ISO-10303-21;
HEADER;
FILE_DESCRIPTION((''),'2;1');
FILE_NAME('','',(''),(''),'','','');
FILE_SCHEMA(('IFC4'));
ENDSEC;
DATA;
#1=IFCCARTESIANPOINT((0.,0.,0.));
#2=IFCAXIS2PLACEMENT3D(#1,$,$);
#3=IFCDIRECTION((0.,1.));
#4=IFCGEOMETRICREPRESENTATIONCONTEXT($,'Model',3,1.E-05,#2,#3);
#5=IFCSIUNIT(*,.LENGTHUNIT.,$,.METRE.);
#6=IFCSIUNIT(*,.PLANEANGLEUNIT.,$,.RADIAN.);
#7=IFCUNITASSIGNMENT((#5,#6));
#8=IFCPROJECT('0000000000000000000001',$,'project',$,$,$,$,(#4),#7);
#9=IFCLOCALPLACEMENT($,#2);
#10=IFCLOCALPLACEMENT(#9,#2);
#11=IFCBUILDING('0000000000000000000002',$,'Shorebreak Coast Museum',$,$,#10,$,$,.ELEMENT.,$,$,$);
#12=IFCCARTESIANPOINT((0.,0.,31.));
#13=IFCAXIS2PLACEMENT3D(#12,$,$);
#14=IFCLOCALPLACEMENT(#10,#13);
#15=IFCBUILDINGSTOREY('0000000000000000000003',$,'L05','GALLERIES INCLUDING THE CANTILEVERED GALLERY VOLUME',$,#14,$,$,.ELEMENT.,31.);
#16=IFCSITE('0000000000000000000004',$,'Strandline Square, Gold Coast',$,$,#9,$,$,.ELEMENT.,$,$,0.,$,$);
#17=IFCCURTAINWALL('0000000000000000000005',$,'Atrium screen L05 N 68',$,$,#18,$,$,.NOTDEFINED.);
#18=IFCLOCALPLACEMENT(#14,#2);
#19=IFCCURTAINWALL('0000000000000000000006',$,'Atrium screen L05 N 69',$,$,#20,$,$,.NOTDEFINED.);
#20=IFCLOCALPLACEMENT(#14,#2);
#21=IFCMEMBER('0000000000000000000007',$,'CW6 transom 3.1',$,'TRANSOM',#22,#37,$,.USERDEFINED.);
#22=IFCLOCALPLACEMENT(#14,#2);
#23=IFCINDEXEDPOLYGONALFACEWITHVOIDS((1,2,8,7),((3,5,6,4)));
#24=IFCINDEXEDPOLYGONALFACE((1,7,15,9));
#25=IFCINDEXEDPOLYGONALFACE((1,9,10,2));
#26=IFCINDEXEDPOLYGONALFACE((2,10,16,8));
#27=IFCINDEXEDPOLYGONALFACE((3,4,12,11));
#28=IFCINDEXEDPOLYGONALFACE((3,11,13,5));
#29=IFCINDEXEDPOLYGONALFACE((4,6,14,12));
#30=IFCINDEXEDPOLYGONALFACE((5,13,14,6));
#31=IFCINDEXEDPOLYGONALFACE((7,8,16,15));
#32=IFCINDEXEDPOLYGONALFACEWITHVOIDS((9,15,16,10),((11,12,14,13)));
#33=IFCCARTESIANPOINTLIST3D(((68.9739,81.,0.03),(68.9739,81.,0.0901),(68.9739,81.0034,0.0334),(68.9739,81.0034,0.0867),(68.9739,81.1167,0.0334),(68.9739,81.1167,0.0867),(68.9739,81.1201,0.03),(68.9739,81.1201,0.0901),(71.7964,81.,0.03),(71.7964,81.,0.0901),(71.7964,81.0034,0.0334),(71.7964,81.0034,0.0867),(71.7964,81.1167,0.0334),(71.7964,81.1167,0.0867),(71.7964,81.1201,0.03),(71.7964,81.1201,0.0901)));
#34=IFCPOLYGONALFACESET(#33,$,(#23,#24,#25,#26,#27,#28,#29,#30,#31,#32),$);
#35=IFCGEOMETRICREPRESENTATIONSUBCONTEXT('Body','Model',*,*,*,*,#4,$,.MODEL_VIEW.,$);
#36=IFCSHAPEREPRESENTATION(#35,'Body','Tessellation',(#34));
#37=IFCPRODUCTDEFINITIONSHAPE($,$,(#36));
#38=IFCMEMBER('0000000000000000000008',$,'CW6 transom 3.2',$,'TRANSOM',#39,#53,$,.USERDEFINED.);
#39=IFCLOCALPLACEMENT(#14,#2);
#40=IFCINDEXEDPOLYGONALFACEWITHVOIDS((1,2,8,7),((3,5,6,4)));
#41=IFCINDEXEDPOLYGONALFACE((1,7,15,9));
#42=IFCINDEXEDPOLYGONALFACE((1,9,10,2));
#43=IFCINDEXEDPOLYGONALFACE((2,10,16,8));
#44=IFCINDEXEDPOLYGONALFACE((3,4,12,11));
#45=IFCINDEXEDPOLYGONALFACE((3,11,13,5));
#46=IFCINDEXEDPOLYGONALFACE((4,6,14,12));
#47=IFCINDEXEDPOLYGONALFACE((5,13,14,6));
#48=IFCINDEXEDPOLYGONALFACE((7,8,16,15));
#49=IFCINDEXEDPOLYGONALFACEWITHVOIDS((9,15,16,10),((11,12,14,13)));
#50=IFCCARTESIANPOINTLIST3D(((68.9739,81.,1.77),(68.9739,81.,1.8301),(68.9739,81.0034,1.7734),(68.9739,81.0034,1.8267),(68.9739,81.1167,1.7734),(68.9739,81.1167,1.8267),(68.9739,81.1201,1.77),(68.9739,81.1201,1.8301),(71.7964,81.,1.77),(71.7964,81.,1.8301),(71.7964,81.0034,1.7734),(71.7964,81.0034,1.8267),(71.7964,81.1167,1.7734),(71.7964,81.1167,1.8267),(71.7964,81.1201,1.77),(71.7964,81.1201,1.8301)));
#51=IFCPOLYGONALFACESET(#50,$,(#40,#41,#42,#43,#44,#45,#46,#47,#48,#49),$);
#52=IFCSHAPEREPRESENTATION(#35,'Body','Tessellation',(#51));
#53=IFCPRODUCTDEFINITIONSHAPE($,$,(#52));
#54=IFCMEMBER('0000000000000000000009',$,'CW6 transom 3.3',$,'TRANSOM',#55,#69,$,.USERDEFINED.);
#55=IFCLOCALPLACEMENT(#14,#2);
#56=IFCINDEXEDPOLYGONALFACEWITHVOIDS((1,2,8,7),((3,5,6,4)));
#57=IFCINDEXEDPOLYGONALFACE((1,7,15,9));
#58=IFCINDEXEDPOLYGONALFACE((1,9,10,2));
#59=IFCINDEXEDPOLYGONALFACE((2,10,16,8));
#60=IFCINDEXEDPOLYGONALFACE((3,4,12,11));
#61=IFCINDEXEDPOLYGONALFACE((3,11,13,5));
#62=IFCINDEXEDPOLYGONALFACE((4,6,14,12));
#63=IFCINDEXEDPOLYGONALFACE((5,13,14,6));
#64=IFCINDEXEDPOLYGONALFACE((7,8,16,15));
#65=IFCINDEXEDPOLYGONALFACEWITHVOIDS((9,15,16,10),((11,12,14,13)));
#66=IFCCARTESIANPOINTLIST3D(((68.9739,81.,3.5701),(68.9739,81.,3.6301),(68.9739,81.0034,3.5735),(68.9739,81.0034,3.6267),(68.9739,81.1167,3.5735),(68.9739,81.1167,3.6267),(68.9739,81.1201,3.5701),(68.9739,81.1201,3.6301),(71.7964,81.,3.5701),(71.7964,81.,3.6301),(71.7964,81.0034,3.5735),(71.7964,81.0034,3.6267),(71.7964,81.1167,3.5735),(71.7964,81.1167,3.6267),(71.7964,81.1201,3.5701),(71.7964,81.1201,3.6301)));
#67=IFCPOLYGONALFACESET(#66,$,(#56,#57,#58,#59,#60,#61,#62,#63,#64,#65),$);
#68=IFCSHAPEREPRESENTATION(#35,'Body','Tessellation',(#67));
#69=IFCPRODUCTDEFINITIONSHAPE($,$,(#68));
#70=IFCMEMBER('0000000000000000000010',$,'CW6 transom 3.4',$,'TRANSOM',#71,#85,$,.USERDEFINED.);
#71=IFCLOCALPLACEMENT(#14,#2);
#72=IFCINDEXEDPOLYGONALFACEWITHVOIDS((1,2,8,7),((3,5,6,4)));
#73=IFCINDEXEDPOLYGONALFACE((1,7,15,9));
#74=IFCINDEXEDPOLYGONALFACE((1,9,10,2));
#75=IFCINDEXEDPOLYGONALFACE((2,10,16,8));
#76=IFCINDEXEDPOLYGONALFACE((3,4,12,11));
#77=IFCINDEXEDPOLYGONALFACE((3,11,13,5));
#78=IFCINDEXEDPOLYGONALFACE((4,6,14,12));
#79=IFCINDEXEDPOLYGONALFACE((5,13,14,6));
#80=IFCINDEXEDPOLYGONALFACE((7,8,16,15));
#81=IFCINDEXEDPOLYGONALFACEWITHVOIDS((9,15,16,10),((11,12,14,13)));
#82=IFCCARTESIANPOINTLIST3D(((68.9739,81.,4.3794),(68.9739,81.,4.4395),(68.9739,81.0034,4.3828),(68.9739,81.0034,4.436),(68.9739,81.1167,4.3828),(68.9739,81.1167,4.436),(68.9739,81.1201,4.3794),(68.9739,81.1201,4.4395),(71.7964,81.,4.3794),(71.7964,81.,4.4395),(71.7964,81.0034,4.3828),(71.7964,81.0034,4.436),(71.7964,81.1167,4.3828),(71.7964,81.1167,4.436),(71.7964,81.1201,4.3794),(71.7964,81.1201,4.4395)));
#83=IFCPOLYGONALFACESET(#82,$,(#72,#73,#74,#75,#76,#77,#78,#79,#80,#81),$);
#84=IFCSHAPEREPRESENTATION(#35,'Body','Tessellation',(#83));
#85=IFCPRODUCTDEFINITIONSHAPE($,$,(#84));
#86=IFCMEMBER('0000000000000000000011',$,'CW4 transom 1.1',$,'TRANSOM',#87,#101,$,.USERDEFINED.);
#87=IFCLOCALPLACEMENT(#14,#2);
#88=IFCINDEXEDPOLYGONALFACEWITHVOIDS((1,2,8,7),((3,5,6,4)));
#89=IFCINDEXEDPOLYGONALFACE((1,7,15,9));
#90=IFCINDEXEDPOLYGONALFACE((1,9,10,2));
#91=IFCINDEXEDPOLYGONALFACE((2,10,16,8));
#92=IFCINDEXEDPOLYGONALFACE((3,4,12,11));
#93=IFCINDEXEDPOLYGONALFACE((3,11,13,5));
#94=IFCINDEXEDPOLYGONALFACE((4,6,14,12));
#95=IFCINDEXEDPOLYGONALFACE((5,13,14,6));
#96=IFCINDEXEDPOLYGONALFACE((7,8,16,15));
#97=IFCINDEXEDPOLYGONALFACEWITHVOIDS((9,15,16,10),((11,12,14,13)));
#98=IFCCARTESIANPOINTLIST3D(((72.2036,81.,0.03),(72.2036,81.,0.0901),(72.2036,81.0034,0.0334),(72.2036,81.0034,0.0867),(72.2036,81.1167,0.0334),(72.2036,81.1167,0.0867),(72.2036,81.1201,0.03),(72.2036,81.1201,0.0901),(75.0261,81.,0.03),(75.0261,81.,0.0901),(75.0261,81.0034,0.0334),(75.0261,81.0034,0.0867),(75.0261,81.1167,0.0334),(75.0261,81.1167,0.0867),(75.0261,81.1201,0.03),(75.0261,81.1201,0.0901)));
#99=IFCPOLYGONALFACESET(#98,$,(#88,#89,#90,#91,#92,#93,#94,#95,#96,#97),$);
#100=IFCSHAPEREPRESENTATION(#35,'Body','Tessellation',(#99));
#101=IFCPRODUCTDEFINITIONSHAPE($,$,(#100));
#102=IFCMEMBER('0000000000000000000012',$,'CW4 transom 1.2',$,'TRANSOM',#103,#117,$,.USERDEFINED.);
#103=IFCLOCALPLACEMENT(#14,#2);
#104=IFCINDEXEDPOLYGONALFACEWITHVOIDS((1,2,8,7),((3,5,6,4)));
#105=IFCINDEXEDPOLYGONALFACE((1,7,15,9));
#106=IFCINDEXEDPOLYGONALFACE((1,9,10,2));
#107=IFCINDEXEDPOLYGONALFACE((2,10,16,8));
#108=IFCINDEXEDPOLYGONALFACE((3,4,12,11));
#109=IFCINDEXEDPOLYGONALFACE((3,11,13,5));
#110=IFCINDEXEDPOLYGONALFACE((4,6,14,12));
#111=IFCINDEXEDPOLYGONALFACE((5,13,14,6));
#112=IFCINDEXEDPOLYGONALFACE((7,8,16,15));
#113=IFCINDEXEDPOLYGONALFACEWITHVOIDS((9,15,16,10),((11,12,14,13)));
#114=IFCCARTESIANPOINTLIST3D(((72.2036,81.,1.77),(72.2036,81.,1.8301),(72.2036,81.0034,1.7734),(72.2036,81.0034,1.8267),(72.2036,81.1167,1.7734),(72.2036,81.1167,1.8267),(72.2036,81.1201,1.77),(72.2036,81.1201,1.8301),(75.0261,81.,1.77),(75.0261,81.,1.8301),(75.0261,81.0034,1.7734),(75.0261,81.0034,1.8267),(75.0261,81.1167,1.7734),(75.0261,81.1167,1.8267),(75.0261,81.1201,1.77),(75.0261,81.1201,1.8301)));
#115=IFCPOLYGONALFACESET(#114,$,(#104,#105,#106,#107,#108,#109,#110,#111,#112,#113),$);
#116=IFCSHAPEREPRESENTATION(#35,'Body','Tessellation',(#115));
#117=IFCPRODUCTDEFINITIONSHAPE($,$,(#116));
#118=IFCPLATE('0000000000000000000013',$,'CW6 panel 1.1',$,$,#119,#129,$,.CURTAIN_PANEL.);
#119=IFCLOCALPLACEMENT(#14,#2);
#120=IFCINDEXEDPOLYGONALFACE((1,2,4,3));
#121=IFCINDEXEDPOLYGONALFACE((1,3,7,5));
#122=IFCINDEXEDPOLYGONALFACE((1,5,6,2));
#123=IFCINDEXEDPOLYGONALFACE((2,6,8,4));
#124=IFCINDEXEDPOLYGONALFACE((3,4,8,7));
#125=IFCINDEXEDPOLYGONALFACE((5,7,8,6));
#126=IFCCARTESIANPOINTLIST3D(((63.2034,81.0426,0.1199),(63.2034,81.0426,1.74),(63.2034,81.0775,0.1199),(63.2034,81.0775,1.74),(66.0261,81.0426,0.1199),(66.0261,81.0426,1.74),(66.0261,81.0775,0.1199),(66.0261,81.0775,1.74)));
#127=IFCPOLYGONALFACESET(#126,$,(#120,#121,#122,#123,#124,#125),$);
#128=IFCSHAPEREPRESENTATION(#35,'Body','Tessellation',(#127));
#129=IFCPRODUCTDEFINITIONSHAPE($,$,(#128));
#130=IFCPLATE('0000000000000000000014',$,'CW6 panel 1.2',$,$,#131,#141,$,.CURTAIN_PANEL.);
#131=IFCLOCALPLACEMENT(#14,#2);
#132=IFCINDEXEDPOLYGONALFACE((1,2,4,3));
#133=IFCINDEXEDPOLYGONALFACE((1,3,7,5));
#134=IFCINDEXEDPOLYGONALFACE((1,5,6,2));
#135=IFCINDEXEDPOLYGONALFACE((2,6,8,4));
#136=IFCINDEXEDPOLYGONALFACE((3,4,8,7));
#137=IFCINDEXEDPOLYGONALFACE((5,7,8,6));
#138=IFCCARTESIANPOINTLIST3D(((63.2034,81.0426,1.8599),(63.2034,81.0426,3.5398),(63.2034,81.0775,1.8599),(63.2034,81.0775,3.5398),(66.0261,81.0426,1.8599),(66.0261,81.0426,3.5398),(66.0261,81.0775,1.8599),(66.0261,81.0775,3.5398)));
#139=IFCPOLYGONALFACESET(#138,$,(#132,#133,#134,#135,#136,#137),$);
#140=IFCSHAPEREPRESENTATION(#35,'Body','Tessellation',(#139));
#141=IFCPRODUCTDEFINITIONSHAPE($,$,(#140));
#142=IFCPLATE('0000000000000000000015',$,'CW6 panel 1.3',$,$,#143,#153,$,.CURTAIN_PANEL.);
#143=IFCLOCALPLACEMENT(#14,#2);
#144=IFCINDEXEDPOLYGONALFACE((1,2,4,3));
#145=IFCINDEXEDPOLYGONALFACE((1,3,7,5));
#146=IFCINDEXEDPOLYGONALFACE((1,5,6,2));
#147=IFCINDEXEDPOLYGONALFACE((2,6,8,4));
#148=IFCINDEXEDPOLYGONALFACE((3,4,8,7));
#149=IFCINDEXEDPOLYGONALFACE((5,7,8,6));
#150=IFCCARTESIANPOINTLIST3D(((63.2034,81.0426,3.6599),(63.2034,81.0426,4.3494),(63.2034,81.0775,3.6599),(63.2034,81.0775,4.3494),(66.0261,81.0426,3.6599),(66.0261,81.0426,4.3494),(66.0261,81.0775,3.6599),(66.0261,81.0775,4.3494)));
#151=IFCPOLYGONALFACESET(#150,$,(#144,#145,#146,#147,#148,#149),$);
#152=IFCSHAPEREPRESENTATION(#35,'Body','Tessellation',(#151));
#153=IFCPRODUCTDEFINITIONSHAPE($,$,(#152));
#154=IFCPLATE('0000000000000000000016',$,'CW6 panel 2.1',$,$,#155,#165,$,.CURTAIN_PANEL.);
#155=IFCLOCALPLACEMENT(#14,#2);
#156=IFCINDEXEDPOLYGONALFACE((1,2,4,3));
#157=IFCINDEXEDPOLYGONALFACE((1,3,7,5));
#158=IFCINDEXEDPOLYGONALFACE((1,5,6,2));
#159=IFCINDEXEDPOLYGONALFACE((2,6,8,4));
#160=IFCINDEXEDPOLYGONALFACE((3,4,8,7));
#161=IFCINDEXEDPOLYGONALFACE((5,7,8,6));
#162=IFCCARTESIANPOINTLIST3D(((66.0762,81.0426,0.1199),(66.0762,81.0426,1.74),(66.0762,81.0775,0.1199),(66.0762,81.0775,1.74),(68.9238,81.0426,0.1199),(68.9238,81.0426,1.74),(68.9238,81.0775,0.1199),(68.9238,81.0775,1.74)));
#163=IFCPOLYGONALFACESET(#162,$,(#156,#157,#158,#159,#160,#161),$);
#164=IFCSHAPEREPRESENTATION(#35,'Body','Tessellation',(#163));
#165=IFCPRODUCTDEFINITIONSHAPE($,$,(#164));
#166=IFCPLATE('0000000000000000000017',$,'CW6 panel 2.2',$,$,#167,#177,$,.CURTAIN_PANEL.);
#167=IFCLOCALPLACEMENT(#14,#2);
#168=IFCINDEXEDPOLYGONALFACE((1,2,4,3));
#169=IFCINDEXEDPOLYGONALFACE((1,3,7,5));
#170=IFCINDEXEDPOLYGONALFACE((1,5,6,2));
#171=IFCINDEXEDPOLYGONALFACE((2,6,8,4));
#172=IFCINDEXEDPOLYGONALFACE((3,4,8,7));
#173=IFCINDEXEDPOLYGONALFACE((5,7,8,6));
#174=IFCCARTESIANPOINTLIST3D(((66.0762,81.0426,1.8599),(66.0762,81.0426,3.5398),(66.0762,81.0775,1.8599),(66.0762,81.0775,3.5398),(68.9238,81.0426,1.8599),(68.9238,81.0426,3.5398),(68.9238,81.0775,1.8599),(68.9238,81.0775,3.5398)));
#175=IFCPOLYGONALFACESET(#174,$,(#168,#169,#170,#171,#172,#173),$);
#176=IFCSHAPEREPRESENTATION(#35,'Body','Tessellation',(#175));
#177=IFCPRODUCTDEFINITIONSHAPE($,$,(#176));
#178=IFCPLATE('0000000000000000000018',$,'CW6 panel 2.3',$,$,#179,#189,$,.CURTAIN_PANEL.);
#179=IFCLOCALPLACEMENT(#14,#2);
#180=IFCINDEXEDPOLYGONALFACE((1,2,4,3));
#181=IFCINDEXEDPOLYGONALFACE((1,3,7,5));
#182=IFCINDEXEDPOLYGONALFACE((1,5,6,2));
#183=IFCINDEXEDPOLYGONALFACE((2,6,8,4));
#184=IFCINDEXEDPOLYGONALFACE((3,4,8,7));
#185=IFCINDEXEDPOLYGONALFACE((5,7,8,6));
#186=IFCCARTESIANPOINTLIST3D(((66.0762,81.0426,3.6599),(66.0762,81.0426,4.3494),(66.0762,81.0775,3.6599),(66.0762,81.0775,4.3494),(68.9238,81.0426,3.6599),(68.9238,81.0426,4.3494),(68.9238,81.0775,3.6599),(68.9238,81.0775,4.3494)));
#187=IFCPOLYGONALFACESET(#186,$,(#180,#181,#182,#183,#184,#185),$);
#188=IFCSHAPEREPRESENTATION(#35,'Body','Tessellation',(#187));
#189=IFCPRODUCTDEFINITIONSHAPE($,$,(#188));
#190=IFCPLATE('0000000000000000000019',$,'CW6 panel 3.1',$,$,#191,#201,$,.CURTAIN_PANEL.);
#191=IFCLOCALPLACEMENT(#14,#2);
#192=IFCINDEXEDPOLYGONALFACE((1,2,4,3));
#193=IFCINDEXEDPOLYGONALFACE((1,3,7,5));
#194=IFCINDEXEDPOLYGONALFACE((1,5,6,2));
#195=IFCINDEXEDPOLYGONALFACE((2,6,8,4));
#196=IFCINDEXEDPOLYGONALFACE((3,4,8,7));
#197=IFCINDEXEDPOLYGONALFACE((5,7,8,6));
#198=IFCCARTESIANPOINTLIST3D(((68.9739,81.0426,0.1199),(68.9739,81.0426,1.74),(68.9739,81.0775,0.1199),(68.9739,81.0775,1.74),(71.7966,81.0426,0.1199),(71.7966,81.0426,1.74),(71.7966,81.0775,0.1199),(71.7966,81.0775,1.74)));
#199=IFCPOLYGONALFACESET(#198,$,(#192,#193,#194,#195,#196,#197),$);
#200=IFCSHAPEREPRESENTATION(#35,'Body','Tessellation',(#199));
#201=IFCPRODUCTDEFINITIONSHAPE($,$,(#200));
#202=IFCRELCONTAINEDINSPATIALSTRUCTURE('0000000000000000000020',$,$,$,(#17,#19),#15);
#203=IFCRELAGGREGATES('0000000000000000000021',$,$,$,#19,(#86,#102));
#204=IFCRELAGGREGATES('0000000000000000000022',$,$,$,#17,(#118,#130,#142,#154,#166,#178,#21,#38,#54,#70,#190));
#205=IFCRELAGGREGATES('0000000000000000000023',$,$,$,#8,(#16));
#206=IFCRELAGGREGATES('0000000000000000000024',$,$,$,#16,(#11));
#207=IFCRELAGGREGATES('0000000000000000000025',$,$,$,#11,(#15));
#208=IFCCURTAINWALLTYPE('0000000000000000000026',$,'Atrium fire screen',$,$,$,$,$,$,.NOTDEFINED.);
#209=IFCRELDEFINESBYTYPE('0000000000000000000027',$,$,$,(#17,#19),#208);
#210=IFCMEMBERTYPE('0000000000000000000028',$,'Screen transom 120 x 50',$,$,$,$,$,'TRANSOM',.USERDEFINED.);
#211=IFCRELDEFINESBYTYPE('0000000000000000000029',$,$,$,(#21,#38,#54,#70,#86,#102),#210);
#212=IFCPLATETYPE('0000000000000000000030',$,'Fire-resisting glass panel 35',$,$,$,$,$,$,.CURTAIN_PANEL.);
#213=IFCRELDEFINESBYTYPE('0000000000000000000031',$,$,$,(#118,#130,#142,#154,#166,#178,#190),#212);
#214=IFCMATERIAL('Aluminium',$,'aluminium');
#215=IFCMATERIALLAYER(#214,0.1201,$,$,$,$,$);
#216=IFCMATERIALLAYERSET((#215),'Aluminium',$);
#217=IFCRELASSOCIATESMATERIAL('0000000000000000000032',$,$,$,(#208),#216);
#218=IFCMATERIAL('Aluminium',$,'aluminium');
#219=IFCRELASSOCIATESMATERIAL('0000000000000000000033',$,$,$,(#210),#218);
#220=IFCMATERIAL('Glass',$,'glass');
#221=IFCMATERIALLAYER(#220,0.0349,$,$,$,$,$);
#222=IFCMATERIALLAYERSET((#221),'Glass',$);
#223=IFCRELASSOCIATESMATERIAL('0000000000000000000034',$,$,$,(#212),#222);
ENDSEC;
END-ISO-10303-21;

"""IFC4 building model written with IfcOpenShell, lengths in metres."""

from ifc_helpers import new_model, si_unit, direction, frame, origin, origin_2d, place, context, subcontext, project, spatial, rectangle, hollow_rectangle, extrude, material, layer, layer_set, material_profile, profile_set, type_object, element, aggregate, save


model = new_model("IFC4")

# Units and contexts
model_context = context("Model", 3, precision=1e-05, world=origin(), true_north=direction((0.0, 1.0)))
body_context = subcontext(model_context, "Body", "Model", "MODEL_VIEW")
ifc_project = project(units=[si_unit("LENGTHUNIT", "METRE"), si_unit("PLANEANGLEUNIT", "RADIAN")], contexts=[model_context])

# Site, building, storey
site_placement = place(None, origin())
site = spatial("IfcSite", under=ifc_project, at=site_placement, Name="Strandline Square, Gold Coast", CompositionType="ELEMENT", RefElevation=0.0)
building_placement = place(site_placement, origin())
building = spatial("IfcBuilding", under=site, at=building_placement, Name="Shorebreak Coast Museum", CompositionType="ELEMENT")
storey_placement = place(building_placement, frame((0.0, 0.0, 31.0)))
storey = spatial("IfcBuildingStorey", under=building, at=storey_placement, Name="L05", Description="GALLERIES INCLUDING THE CANTILEVERED GALLERY VOLUME", CompositionType="ELEMENT", Elevation=31.0)

# Curtain wall
ifc_material_1 = material(Name="Aluminium", Category="aluminium")
ifc_layer_1 = layer(ifc_material_1, 0.1201)
ifc_layer_set_1 = layer_set([ifc_layer_1], Name="Aluminium")
curtain_wall_type = type_object("IfcCurtainWallType", Name="Atrium fire screen", PredefinedType="NOTDEFINED", material=ifc_layer_set_1)
curtain_wall_1_placement = place(storey_placement, origin())
curtain_wall_1 = element("IfcCurtainWall", 1, at=curtain_wall_1_placement, inside=storey, type_object=curtain_wall_type, Name="Atrium screen L05 N 68", PredefinedType="NOTDEFINED")

# Curtain wall
curtain_wall_2_placement = place(storey_placement, origin())
curtain_wall_2 = element("IfcCurtainWall", 2, at=curtain_wall_2_placement, inside=storey, type_object=curtain_wall_type, Name="Atrium screen L05 N 69", PredefinedType="NOTDEFINED")

# Members
ifc_material_2 = material(Name="Aluminium", Category="aluminium")
ifc_material_profile_1 = material_profile(ifc_material_2, hollow_rectangle(XDim=0.1201, YDim=0.0601, WallThickness=0.0034, at=origin_2d()), Name="AL 60x120 RHS")
ifc_profile_set_1 = profile_set([ifc_material_profile_1], Name="Aluminium")
member_type_1 = type_object("IfcMemberType", Name="Screen transom 120 x 50", ElementType="TRANSOM", PredefinedType="USERDEFINED", material=ifc_profile_set_1)
member_1_placement = place(storey_placement, frame((68.9739, 81.0601, 0.0601), z_axis=(1.0, 0.0, 0.0), x_axis=(0.0, 1.0, 0.0)))
member_1 = element("IfcMember", 3, at=member_1_placement, type_object=member_type_1, Name="CW6 transom 3.1", ObjectType="TRANSOM", PredefinedType="USERDEFINED", context=body_context, shape_type="SweptSolid", body=[
    extrude(hollow_rectangle(XDim=0.1201, YDim=0.0601, WallThickness=0.0034, at=origin_2d()), origin(), (0.0, 0.0, 1.0), 2.8225),
])
member_2_placement = place(storey_placement, frame((68.9739, 81.0601, 1.8), z_axis=(1.0, 0.0, 0.0), x_axis=(0.0, 1.0, 0.0)))
member_2 = element("IfcMember", 4, at=member_2_placement, type_object=member_type_1, Name="CW6 transom 3.2", ObjectType="TRANSOM", PredefinedType="USERDEFINED", context=body_context, shape_type="SweptSolid", body=[
    extrude(hollow_rectangle(XDim=0.1201, YDim=0.0601, WallThickness=0.0034, at=origin_2d()), origin(), (0.0, 0.0, 1.0), 2.8225),
])
member_3_placement = place(storey_placement, frame((68.9739, 81.0601, 3.6001), z_axis=(1.0, 0.0, 0.0), x_axis=(0.0, 1.0, 0.0)))
member_3 = element("IfcMember", 5, at=member_3_placement, type_object=member_type_1, Name="CW6 transom 3.3", ObjectType="TRANSOM", PredefinedType="USERDEFINED", context=body_context, shape_type="SweptSolid", body=[
    extrude(hollow_rectangle(XDim=0.1201, YDim=0.0601, WallThickness=0.0034, at=origin_2d()), origin(), (0.0, 0.0, 1.0), 2.8225),
])
member_4_placement = place(storey_placement, frame((68.9739, 81.0601, 4.4094), z_axis=(1.0, 0.0, 0.0), x_axis=(0.0, 1.0, 0.0)))
member_4 = element("IfcMember", 6, at=member_4_placement, type_object=member_type_1, Name="CW6 transom 3.4", ObjectType="TRANSOM", PredefinedType="USERDEFINED", context=body_context, shape_type="SweptSolid", body=[
    extrude(hollow_rectangle(XDim=0.1201, YDim=0.0601, WallThickness=0.0034, at=origin_2d()), origin(), (0.0, 0.0, 1.0), 2.8225),
])
member_5_placement = place(storey_placement, frame((72.2036, 81.0601, 0.0601), z_axis=(1.0, 0.0, 0.0), x_axis=(0.0, 1.0, 0.0)))
member_5 = element("IfcMember", 7, at=member_5_placement, type_object=member_type_1, Name="CW4 transom 1.1", ObjectType="TRANSOM", PredefinedType="USERDEFINED", context=body_context, shape_type="SweptSolid", body=[
    extrude(hollow_rectangle(XDim=0.1201, YDim=0.0601, WallThickness=0.0034, at=origin_2d()), origin(), (0.0, 0.0, 1.0), 2.8225),
])
member_6_placement = place(storey_placement, frame((72.2036, 81.0601, 1.8), z_axis=(1.0, 0.0, 0.0), x_axis=(0.0, 1.0, 0.0)))
member_6 = element("IfcMember", 8, at=member_6_placement, type_object=member_type_1, Name="CW4 transom 1.2", ObjectType="TRANSOM", PredefinedType="USERDEFINED", context=body_context, shape_type="SweptSolid", body=[
    extrude(hollow_rectangle(XDim=0.1201, YDim=0.0601, WallThickness=0.0034, at=origin_2d()), origin(), (0.0, 0.0, 1.0), 2.8225),
])
aggregate(curtain_wall_2, [member_5, member_6])

# Plates
ifc_material_3 = material(Name="Glass", Category="glass")
ifc_layer_2 = layer(ifc_material_3, 0.0349)
ifc_layer_set_2 = layer_set([ifc_layer_2], Name="Glass")
plate_type = type_object("IfcPlateType", Name="Fire-resisting glass panel 35", PredefinedType="CURTAIN_PANEL", material=ifc_layer_set_2)
plate_1_placement = place(storey_placement, frame((64.6147, 81.0601, 0.1199), z_axis=(0.0, 0.0, 1.0), x_axis=(1.0, 0.0, 0.0)))
plate_1 = element("IfcPlate", 9, at=plate_1_placement, type_object=plate_type, Name="CW6 panel 1.1", PredefinedType="CURTAIN_PANEL", context=body_context, shape_type="SweptSolid", body=[
    extrude(rectangle(XDim=2.8228, YDim=0.0349, at=origin_2d()), origin(), (0.0, 0.0, 1.0), 1.6201),
])
plate_2_placement = place(storey_placement, frame((64.6147, 81.0601, 1.8599), z_axis=(0.0, 0.0, 1.0), x_axis=(1.0, 0.0, 0.0)))
plate_2 = element("IfcPlate", 10, at=plate_2_placement, type_object=plate_type, Name="CW6 panel 1.2", PredefinedType="CURTAIN_PANEL", context=body_context, shape_type="SweptSolid", body=[
    extrude(rectangle(XDim=2.8228, YDim=0.0349, at=origin_2d()), origin(), (0.0, 0.0, 1.0), 1.6799),
])
plate_3_placement = place(storey_placement, frame((64.6147, 81.0601, 3.6599), z_axis=(0.0, 0.0, 1.0), x_axis=(1.0, 0.0, 0.0)))
plate_3 = element("IfcPlate", 11, at=plate_3_placement, type_object=plate_type, Name="CW6 panel 1.3", PredefinedType="CURTAIN_PANEL", context=body_context, shape_type="SweptSolid", body=[
    extrude(rectangle(XDim=2.8228, YDim=0.0349, at=origin_2d()), origin(), (0.0, 0.0, 1.0), 0.6895),
])
plate_4_placement = place(storey_placement, frame((67.5, 81.0601, 0.1199), z_axis=(0.0, 0.0, 1.0), x_axis=(1.0, 0.0, 0.0)))
plate_4 = element("IfcPlate", 12, at=plate_4_placement, type_object=plate_type, Name="CW6 panel 2.1", PredefinedType="CURTAIN_PANEL", context=body_context, shape_type="SweptSolid", body=[
    extrude(rectangle(XDim=2.8477, YDim=0.0349, at=origin_2d()), origin(), (0.0, 0.0, 1.0), 1.6201),
])
plate_5_placement = place(storey_placement, frame((67.5, 81.0601, 1.8599), z_axis=(0.0, 0.0, 1.0), x_axis=(1.0, 0.0, 0.0)))
plate_5 = element("IfcPlate", 13, at=plate_5_placement, type_object=plate_type, Name="CW6 panel 2.2", PredefinedType="CURTAIN_PANEL", context=body_context, shape_type="SweptSolid", body=[
    extrude(rectangle(XDim=2.8477, YDim=0.0349, at=origin_2d()), origin(), (0.0, 0.0, 1.0), 1.6799),
])
plate_6_placement = place(storey_placement, frame((67.5, 81.0601, 3.6599), z_axis=(0.0, 0.0, 1.0), x_axis=(1.0, 0.0, 0.0)))
plate_6 = element("IfcPlate", 14, at=plate_6_placement, type_object=plate_type, Name="CW6 panel 2.3", PredefinedType="CURTAIN_PANEL", context=body_context, shape_type="SweptSolid", body=[
    extrude(rectangle(XDim=2.8477, YDim=0.0349, at=origin_2d()), origin(), (0.0, 0.0, 1.0), 0.6895),
])
plate_7_placement = place(storey_placement, frame((70.3853, 81.0601, 0.1199), z_axis=(0.0, 0.0, 1.0), x_axis=(1.0, 0.0, 0.0)))
plate_7 = element("IfcPlate", 15, at=plate_7_placement, type_object=plate_type, Name="CW6 panel 3.1", PredefinedType="CURTAIN_PANEL", context=body_context, shape_type="SweptSolid", body=[
    extrude(rectangle(XDim=2.8228, YDim=0.0349, at=origin_2d()), origin(), (0.0, 0.0, 1.0), 1.6201),
])
aggregate(curtain_wall_1, [plate_1, plate_2, plate_3, plate_4, plate_5, plate_6, member_1, member_2, member_3, member_4, plate_7])

save(model, "model.ifc")
